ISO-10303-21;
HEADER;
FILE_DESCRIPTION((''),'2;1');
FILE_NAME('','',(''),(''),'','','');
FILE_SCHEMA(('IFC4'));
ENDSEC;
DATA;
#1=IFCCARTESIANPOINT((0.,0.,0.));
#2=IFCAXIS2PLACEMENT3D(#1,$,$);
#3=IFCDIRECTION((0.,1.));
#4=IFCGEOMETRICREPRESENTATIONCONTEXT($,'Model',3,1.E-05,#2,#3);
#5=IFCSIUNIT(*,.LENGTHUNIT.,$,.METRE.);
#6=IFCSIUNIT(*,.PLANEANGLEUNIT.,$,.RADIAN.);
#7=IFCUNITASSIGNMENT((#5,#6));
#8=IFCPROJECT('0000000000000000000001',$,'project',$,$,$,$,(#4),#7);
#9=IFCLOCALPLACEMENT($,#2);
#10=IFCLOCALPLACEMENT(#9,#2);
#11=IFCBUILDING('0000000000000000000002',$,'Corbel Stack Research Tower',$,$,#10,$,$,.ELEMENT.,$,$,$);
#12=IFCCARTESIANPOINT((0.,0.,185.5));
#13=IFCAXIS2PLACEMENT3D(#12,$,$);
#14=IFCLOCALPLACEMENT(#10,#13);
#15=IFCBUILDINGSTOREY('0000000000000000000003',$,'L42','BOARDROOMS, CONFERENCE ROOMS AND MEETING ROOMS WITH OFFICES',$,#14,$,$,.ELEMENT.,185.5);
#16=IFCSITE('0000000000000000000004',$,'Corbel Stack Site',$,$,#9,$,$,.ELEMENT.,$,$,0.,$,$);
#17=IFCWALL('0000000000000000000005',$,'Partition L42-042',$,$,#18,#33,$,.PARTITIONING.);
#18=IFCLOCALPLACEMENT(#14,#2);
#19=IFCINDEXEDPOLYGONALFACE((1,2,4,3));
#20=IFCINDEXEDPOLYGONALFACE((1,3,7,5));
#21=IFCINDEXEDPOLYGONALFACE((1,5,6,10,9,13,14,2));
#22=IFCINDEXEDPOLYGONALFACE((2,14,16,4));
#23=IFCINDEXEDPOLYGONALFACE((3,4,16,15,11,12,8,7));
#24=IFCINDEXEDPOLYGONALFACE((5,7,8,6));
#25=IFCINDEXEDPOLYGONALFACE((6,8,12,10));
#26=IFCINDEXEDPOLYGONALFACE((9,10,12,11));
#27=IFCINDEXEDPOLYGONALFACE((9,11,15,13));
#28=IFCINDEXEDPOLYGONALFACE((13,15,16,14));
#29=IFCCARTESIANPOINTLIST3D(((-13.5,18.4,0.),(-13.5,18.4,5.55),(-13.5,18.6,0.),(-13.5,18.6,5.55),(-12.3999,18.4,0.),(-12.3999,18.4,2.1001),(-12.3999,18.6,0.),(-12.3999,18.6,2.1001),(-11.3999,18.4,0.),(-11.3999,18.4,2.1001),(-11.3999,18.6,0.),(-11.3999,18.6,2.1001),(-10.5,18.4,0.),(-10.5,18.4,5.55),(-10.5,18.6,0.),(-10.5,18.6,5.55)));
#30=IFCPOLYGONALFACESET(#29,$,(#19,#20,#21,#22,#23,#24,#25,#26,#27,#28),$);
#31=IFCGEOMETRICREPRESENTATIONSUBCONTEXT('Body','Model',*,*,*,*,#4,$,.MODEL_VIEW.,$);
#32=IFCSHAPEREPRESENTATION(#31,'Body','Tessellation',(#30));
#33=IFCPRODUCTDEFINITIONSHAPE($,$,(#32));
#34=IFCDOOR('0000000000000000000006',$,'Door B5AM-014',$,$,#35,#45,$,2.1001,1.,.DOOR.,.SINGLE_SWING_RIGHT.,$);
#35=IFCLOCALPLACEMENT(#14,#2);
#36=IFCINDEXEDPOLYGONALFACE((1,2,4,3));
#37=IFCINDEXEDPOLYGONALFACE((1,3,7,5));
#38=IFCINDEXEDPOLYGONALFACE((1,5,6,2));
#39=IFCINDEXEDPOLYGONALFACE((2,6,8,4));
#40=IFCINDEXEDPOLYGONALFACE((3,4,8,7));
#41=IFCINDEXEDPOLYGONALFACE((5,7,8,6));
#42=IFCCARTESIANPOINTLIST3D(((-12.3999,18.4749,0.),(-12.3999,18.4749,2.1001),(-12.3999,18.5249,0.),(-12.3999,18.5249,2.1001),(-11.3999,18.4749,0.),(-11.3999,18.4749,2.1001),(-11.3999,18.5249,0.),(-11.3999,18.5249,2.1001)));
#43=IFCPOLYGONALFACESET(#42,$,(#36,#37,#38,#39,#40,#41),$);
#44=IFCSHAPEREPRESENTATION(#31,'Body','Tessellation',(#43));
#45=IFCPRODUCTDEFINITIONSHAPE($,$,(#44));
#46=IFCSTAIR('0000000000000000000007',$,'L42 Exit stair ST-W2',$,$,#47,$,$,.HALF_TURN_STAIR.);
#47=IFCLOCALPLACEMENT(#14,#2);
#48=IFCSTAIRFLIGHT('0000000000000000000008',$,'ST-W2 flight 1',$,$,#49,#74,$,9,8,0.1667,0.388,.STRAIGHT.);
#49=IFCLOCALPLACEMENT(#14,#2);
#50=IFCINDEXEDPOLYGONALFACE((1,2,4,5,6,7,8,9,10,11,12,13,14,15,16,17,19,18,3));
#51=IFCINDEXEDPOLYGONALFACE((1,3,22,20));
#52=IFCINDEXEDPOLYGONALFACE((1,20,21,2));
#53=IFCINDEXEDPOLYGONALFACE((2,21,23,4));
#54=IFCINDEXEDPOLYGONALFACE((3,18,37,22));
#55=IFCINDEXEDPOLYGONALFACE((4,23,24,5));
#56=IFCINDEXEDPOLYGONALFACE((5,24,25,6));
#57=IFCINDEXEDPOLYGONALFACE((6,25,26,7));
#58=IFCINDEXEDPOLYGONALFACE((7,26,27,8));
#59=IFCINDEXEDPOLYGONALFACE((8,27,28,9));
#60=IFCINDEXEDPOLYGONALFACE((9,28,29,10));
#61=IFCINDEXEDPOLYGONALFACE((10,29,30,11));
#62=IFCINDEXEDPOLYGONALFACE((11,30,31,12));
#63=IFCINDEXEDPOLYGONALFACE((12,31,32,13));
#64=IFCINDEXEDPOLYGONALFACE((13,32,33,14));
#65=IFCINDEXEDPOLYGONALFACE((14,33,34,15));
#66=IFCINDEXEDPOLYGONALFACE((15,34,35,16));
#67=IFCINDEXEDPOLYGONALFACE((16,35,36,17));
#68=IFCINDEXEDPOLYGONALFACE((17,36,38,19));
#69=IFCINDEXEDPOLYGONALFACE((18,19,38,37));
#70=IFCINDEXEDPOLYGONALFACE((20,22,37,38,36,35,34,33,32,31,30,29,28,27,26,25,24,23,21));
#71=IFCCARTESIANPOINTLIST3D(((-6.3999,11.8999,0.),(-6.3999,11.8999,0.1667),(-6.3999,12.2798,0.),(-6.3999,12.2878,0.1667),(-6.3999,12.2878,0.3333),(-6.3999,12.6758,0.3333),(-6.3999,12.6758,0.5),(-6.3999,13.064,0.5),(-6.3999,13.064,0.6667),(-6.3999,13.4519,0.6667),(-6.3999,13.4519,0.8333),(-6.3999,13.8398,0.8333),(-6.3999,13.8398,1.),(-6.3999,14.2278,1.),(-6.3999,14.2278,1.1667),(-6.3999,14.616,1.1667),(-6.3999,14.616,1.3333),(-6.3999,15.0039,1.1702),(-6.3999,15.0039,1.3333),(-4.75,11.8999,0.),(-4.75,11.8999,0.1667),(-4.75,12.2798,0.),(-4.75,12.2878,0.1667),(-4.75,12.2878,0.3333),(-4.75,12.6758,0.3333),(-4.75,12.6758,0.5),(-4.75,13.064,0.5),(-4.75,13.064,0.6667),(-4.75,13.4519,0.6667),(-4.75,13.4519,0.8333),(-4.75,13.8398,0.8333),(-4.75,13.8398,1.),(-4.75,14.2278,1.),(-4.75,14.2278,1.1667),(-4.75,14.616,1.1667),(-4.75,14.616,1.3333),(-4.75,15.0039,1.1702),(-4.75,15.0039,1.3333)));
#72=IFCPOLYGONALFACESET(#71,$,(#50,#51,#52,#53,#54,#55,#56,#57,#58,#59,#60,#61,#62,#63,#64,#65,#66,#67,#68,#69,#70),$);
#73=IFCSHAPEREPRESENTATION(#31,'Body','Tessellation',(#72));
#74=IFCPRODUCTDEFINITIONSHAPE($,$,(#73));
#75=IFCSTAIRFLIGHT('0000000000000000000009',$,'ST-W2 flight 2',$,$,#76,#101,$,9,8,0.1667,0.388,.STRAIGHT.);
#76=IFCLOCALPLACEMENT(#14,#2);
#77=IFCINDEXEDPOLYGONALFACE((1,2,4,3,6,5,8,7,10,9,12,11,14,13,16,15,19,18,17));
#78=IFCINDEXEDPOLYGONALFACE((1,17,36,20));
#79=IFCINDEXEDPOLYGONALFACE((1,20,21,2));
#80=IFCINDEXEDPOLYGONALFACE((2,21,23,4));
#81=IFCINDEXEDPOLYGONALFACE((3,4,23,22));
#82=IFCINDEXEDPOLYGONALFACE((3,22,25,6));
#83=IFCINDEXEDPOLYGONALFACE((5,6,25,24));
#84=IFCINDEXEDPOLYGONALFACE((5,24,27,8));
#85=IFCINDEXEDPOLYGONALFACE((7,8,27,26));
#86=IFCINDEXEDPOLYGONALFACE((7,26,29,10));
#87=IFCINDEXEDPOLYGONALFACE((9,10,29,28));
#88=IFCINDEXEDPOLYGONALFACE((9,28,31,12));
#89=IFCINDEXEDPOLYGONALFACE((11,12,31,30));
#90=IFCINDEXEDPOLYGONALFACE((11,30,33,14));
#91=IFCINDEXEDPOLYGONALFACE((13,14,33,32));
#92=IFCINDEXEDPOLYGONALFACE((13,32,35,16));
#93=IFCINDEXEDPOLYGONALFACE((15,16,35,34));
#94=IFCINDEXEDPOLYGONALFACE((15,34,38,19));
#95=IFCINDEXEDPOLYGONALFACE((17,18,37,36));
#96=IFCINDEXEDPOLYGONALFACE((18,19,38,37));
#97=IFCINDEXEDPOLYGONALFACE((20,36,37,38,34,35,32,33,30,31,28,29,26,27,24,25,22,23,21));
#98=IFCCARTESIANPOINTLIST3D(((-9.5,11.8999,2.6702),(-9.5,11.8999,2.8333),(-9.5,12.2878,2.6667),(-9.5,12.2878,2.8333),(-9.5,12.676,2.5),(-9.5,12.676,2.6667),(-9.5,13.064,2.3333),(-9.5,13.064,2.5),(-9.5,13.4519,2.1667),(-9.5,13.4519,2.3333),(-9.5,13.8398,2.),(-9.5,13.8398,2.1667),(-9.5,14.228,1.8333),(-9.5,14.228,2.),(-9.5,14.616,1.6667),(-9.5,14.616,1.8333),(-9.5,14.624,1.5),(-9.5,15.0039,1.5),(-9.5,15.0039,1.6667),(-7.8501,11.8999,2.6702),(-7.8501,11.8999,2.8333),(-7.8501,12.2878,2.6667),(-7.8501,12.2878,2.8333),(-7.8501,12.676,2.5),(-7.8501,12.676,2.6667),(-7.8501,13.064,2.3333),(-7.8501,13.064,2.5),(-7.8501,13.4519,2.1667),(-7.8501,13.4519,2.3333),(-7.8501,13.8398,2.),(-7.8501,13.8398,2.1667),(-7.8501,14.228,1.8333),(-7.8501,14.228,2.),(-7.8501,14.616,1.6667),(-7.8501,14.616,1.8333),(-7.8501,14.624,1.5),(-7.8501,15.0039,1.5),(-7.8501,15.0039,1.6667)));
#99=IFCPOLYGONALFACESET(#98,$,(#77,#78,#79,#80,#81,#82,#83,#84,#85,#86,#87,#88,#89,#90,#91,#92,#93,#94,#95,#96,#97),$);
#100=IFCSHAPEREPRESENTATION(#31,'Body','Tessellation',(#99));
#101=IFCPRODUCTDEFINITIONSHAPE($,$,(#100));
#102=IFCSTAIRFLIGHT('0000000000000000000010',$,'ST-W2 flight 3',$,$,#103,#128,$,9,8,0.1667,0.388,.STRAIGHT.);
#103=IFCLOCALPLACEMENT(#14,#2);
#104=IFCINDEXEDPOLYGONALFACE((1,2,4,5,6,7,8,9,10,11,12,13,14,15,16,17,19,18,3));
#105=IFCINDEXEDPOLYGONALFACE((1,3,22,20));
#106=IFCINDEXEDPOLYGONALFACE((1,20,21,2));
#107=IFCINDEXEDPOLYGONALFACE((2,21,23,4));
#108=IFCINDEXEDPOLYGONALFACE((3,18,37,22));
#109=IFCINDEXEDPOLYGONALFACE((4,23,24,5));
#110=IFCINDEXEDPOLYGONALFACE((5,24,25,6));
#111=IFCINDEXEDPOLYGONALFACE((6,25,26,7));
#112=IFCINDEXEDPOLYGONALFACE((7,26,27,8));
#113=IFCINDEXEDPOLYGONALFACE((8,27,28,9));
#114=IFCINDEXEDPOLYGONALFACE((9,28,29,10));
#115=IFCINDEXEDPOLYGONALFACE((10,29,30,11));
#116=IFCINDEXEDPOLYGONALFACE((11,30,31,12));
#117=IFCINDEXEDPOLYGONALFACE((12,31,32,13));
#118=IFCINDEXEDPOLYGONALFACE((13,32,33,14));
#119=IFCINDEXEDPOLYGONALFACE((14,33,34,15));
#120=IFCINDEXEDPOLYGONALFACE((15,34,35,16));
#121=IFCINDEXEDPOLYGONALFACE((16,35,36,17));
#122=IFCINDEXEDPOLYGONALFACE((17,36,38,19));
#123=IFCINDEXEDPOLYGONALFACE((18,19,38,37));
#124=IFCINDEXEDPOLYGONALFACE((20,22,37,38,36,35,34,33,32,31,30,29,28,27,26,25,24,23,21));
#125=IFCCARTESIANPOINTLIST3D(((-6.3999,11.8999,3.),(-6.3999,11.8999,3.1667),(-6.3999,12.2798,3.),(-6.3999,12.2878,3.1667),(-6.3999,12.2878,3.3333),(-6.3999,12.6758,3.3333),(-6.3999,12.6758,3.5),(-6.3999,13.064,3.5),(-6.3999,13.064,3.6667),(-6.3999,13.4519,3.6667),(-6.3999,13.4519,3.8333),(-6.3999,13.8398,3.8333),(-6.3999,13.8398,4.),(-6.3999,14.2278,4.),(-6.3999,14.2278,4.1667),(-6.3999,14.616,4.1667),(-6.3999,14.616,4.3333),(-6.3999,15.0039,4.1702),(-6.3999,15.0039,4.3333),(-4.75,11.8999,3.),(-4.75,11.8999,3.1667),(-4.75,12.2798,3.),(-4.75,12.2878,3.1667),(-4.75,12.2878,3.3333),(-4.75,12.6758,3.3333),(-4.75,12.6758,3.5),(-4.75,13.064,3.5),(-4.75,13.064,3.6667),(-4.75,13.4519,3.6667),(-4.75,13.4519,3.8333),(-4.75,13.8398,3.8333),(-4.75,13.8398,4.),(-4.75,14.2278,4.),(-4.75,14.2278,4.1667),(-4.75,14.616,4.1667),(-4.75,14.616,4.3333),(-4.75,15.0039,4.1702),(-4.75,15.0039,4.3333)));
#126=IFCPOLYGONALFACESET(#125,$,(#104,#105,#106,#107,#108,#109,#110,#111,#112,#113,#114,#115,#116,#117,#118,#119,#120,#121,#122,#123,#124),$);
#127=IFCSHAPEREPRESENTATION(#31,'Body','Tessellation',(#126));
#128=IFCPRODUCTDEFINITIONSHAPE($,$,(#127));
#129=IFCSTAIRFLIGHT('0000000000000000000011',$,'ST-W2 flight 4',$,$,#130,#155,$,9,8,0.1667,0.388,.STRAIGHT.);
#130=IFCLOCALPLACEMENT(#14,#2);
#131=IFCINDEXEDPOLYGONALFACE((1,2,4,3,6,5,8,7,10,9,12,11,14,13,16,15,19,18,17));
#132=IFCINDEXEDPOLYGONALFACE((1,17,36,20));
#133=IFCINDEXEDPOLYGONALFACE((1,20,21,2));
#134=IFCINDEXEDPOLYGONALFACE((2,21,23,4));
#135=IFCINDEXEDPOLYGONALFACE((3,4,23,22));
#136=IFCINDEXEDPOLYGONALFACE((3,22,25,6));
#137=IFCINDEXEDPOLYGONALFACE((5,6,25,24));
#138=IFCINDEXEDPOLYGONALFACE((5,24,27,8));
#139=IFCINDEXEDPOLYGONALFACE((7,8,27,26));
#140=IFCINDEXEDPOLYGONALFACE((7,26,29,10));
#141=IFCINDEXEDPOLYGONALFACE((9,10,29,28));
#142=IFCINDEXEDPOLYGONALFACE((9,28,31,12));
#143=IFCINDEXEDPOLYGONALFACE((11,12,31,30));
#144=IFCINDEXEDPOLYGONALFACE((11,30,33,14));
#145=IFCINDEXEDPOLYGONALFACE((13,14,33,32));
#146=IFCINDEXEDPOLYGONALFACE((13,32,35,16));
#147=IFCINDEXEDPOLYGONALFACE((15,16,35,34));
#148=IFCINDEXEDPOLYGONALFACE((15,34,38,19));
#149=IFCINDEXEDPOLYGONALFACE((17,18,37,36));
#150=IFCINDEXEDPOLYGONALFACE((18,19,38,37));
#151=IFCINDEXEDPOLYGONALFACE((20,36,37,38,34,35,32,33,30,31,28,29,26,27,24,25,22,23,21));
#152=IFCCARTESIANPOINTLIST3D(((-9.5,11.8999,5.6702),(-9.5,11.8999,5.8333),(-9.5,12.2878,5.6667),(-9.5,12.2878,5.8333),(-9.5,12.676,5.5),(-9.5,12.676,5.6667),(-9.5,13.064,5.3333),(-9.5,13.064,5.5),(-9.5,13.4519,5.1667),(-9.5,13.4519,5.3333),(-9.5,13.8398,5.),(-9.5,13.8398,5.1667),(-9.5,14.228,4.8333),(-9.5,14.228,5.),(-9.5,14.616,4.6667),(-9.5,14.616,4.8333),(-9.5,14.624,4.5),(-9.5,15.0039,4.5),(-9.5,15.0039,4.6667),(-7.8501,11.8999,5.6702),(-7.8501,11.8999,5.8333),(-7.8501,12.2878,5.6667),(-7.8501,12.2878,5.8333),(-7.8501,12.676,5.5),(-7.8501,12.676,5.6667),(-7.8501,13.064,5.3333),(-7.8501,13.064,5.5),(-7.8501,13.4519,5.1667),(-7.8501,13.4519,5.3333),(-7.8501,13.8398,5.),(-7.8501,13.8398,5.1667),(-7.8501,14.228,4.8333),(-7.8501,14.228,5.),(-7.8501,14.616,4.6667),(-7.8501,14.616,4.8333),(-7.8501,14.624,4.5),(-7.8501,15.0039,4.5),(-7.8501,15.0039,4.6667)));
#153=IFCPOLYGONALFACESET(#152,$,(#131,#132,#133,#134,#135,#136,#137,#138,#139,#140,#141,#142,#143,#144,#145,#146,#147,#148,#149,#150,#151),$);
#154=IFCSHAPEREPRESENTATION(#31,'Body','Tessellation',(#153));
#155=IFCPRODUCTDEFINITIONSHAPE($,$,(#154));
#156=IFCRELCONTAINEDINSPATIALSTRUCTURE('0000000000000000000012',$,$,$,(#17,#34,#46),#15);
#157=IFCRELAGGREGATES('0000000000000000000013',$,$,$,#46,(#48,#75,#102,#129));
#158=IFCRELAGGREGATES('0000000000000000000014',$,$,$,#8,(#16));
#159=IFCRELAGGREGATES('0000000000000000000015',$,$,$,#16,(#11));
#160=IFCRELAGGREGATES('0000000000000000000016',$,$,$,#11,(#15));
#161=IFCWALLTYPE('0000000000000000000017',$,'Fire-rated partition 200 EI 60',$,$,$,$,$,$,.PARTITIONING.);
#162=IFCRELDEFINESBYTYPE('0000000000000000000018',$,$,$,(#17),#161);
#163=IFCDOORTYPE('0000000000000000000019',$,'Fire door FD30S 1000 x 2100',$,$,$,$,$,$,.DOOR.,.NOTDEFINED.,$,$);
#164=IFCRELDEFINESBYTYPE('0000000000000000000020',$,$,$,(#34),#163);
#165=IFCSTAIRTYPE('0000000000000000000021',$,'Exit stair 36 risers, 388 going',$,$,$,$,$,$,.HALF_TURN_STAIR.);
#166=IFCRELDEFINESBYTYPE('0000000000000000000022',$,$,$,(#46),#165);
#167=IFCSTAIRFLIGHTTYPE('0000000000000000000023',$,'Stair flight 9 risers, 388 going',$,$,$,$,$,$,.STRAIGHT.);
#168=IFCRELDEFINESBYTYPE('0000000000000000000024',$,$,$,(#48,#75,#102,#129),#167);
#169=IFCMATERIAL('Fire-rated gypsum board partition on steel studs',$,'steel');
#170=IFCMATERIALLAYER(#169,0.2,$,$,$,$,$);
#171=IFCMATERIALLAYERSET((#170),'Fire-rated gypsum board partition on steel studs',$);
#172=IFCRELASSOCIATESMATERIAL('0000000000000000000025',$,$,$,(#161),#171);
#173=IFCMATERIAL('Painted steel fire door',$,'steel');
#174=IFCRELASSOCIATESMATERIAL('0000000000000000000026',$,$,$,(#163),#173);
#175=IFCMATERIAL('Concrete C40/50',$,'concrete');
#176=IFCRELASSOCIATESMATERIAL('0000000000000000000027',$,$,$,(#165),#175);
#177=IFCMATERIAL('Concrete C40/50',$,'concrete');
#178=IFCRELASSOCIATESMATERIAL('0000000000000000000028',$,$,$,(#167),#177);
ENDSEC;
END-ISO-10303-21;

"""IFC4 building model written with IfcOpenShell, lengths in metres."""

from ifc_helpers import new_model, si_unit, direction, frame, frame_2d, origin, place, context, subcontext, project, spatial, polyline, rectangle, outline, extrude, material, layer, layer_set, type_object, element, fill, aggregate, save


model = new_model("IFC4")

# Units and contexts
model_context = context("Model", 3, precision=1e-05, world=origin(), true_north=direction((0.0, 1.0)))
body_context = subcontext(model_context, "Body", "Model", "MODEL_VIEW")
ifc_project = project(units=[si_unit("LENGTHUNIT", "METRE"), si_unit("PLANEANGLEUNIT", "RADIAN")], contexts=[model_context])

# Site, building, storey
site_placement = place(None, origin())
site = spatial("IfcSite", under=ifc_project, at=site_placement, Name="Corbel Stack Site", CompositionType="ELEMENT", RefElevation=0.0)
building_placement = place(site_placement, origin())
building = spatial("IfcBuilding", under=site, at=building_placement, Name="Corbel Stack Research Tower", CompositionType="ELEMENT")
storey_placement = place(building_placement, frame((0.0, 0.0, 185.5)))
storey = spatial("IfcBuildingStorey", under=building, at=storey_placement, Name="L42", Description="BOARDROOMS, CONFERENCE ROOMS AND MEETING ROOMS WITH OFFICES", CompositionType="ELEMENT", Elevation=185.5)

# Wall, opening, door
ifc_material_1 = material(Name="Fire-rated gypsum board partition on steel studs", Category="steel")
ifc_layer_1 = layer(ifc_material_1, 0.2)
ifc_layer_set_1 = layer_set([ifc_layer_1], Name="Fire-rated gypsum board partition on steel studs")
wall_type_1 = type_object("IfcWallType", Name="Fire-rated partition 200 EI 60", PredefinedType="PARTITIONING", material=ifc_layer_set_1)
wall_1_placement = place(storey_placement, frame((-13.5, 18.5, 0.0), z_axis=(0.0, 0.0, 1.0), x_axis=(1.0, 0.0, 0.0)))
wall_1 = element("IfcWall", 1, at=wall_1_placement, inside=storey, type_object=wall_type_1, Name="Partition L42-042", PredefinedType="PARTITIONING", context=body_context, shape_type="SweptSolid", body=[
    extrude(rectangle(XDim=3.0, YDim=0.2, at=frame_2d((1.5, 0.0))), origin(), (0.0, 0.0, 1.0), 5.55),
])
opening_1_placement = place(wall_1_placement, frame((1.1001, 0.0, 0.0)))
opening_1 = element("IfcOpeningElement", 2, at=opening_1_placement, cuts=wall_1, PredefinedType="OPENING", context=body_context, shape_type="SweptSolid", body=[
    extrude(rectangle(XDim=1.0, YDim=2.1001, at=frame_2d((0.5, 1.05))), frame((0.0, 0.1099, 0.0), z_axis=(0.0, -1.0, 0.0), x_axis=(1.0, 0.0, 0.0)), (0.0, 0.0, 1.0), 0.22),
])
ifc_material_2 = material(Name="Painted steel fire door", Category="steel")
door_type_1 = type_object("IfcDoorType", Name="Fire door FD30S 1000 x 2100", OperationType="NOTDEFINED", PredefinedType="DOOR", material=ifc_material_2)
door_1_placement = place(opening_1_placement, origin())
door_1 = element("IfcDoor", 3, at=door_1_placement, inside=storey, type_object=door_type_1, Name="Door B5AM-014", OperationType="SINGLE_SWING_RIGHT", OverallHeight=2.1001, OverallWidth=1.0, PredefinedType="DOOR", context=body_context, shape_type="SweptSolid", body=[
    extrude(rectangle(XDim=1.0, YDim=2.1001, at=frame_2d((0.5, 1.05))), frame((0.0, 0.0249, 0.0), z_axis=(0.0, -1.0, 0.0), x_axis=(1.0, 0.0, 0.0)), (0.0, 0.0, 1.0), 0.05),
])
fill(opening_1, door_1)

# Stair, stair flights
ifc_material_3 = material(Name="Concrete C40/50", Category="concrete")
stair_type = type_object("IfcStairType", Name="Exit stair 36 risers, 388 going", PredefinedType="HALF_TURN_STAIR", material=ifc_material_3)
stair_placement = place(storey_placement, origin())
stair = element("IfcStair", 4, at=stair_placement, inside=storey, type_object=stair_type, Name="L42 Exit stair ST-W2", PredefinedType="HALF_TURN_STAIR")
ifc_material_4 = material(Name="Concrete C40/50", Category="concrete")
stair_flight_type = type_object("IfcStairFlightType", Name="Stair flight 9 risers, 388 going", PredefinedType="STRAIGHT", material=ifc_material_4)
stair_flight_1_placement = place(storey_placement, frame((-5.575, 11.8999, 0.0), z_axis=(0.0, 0.0, 1.0), x_axis=(0.0, 1.0, 0.0)))
stair_flight_1 = element("IfcStairFlight", 5, at=stair_flight_1_placement, type_object=stair_flight_type, Name="ST-W2 flight 1", NumberOfRisers=9, NumberOfTreads=8, PredefinedType="STRAIGHT", RiserHeight=0.1667, TreadLength=0.388, context=body_context, shape_type="SweptSolid", body=[
    extrude(outline(polyline([(0.0, 0.0), (0.0, 0.1667), (0.3879, 0.1667), (0.3879, 0.3333), (0.7759, 0.3333), (0.7759, 0.5), (1.1641, 0.5), (1.1641, 0.6667), (1.552, 0.6667), (1.552, 0.8333), (1.9399, 0.8333), (1.9399, 1.0), (2.3279, 1.0), (2.3279, 1.1667), (2.7161, 1.1667), (2.7161, 1.3333), (3.104, 1.3333), (3.104, 1.5), (3.104, 1.1702), (0.3799, 0.0), (0.0, 0.0)])), frame((0.0, 0.825, 0.0), z_axis=(0.0, -1.0, 0.0), x_axis=(1.0, 0.0, 0.0)), (0.0, 0.0, 1.0), 1.6499),
])
stair_flight_2_placement = place(storey_placement, frame((-8.675, 15.0039, 1.5), z_axis=(0.0, 0.0, 1.0), x_axis=(0.0, -1.0, 0.0)))
stair_flight_2 = element("IfcStairFlight", 6, at=stair_flight_2_placement, type_object=stair_flight_type, Name="ST-W2 flight 2", NumberOfRisers=9, NumberOfTreads=8, PredefinedType="STRAIGHT", RiserHeight=0.1667, TreadLength=0.388, context=body_context, shape_type="SweptSolid", body=[
    extrude(outline(polyline([(0.0, 0.0), (0.0, 0.1667), (0.3879, 0.1667), (0.3879, 0.3333), (0.7759, 0.3333), (0.7759, 0.5), (1.1641, 0.5), (1.1641, 0.6667), (1.552, 0.6667), (1.552, 0.8333), (1.9399, 0.8333), (1.9399, 1.0), (2.3279, 1.0), (2.3279, 1.1667), (2.7161, 1.1667), (2.7161, 1.3333), (3.104, 1.3333), (3.104, 1.5), (3.104, 1.1702), (0.3799, 0.0), (0.0, 0.0)])), frame((0.0, 0.825, 0.0), z_axis=(0.0, -1.0, 0.0), x_axis=(1.0, 0.0, 0.0)), (0.0, 0.0, 1.0), 1.6499),
])
stair_flight_3_placement = place(storey_placement, frame((-5.575, 11.8999, 3.0), z_axis=(0.0, 0.0, 1.0), x_axis=(0.0, 1.0, 0.0)))
stair_flight_3 = element("IfcStairFlight", 7, at=stair_flight_3_placement, type_object=stair_flight_type, Name="ST-W2 flight 3", NumberOfRisers=9, NumberOfTreads=8, PredefinedType="STRAIGHT", RiserHeight=0.1667, TreadLength=0.388, context=body_context, shape_type="SweptSolid", body=[
    extrude(outline(polyline([(0.0, 0.0), (0.0, 0.1667), (0.3879, 0.1667), (0.3879, 0.3333), (0.7759, 0.3333), (0.7759, 0.5), (1.1641, 0.5), (1.1641, 0.6667), (1.552, 0.6667), (1.552, 0.8333), (1.9399, 0.8333), (1.9399, 1.0), (2.3279, 1.0), (2.3279, 1.1667), (2.7161, 1.1667), (2.7161, 1.3333), (3.104, 1.3333), (3.104, 1.5), (3.104, 1.1702), (0.3799, 0.0), (0.0, 0.0)])), frame((0.0, 0.825, 0.0), z_axis=(0.0, -1.0, 0.0), x_axis=(1.0, 0.0, 0.0)), (0.0, 0.0, 1.0), 1.6499),
])
stair_flight_4_placement = place(storey_placement, frame((-8.675, 15.0039, 4.5), z_axis=(0.0, 0.0, 1.0), x_axis=(0.0, -1.0, 0.0)))
stair_flight_4 = element("IfcStairFlight", 8, at=stair_flight_4_placement, type_object=stair_flight_type, Name="ST-W2 flight 4", NumberOfRisers=9, NumberOfTreads=8, PredefinedType="STRAIGHT", RiserHeight=0.1667, TreadLength=0.388, context=body_context, shape_type="SweptSolid", body=[
    extrude(outline(polyline([(0.0, 0.0), (0.0, 0.1667), (0.3879, 0.1667), (0.3879, 0.3333), (0.7759, 0.3333), (0.7759, 0.5), (1.1641, 0.5), (1.1641, 0.6667), (1.552, 0.6667), (1.552, 0.8333), (1.9399, 0.8333), (1.9399, 1.0), (2.3279, 1.0), (2.3279, 1.1667), (2.7161, 1.1667), (2.7161, 1.3333), (3.104, 1.3333), (3.104, 1.5), (3.104, 1.1702), (0.3799, 0.0), (0.0, 0.0)])), frame((0.0, 0.825, 0.0), z_axis=(0.0, -1.0, 0.0), x_axis=(1.0, 0.0, 0.0)), (0.0, 0.0, 1.0), 1.6499),
])
aggregate(stair, [stair_flight_1, stair_flight_2, stair_flight_3, stair_flight_4])

save(model, "model.ifc")
